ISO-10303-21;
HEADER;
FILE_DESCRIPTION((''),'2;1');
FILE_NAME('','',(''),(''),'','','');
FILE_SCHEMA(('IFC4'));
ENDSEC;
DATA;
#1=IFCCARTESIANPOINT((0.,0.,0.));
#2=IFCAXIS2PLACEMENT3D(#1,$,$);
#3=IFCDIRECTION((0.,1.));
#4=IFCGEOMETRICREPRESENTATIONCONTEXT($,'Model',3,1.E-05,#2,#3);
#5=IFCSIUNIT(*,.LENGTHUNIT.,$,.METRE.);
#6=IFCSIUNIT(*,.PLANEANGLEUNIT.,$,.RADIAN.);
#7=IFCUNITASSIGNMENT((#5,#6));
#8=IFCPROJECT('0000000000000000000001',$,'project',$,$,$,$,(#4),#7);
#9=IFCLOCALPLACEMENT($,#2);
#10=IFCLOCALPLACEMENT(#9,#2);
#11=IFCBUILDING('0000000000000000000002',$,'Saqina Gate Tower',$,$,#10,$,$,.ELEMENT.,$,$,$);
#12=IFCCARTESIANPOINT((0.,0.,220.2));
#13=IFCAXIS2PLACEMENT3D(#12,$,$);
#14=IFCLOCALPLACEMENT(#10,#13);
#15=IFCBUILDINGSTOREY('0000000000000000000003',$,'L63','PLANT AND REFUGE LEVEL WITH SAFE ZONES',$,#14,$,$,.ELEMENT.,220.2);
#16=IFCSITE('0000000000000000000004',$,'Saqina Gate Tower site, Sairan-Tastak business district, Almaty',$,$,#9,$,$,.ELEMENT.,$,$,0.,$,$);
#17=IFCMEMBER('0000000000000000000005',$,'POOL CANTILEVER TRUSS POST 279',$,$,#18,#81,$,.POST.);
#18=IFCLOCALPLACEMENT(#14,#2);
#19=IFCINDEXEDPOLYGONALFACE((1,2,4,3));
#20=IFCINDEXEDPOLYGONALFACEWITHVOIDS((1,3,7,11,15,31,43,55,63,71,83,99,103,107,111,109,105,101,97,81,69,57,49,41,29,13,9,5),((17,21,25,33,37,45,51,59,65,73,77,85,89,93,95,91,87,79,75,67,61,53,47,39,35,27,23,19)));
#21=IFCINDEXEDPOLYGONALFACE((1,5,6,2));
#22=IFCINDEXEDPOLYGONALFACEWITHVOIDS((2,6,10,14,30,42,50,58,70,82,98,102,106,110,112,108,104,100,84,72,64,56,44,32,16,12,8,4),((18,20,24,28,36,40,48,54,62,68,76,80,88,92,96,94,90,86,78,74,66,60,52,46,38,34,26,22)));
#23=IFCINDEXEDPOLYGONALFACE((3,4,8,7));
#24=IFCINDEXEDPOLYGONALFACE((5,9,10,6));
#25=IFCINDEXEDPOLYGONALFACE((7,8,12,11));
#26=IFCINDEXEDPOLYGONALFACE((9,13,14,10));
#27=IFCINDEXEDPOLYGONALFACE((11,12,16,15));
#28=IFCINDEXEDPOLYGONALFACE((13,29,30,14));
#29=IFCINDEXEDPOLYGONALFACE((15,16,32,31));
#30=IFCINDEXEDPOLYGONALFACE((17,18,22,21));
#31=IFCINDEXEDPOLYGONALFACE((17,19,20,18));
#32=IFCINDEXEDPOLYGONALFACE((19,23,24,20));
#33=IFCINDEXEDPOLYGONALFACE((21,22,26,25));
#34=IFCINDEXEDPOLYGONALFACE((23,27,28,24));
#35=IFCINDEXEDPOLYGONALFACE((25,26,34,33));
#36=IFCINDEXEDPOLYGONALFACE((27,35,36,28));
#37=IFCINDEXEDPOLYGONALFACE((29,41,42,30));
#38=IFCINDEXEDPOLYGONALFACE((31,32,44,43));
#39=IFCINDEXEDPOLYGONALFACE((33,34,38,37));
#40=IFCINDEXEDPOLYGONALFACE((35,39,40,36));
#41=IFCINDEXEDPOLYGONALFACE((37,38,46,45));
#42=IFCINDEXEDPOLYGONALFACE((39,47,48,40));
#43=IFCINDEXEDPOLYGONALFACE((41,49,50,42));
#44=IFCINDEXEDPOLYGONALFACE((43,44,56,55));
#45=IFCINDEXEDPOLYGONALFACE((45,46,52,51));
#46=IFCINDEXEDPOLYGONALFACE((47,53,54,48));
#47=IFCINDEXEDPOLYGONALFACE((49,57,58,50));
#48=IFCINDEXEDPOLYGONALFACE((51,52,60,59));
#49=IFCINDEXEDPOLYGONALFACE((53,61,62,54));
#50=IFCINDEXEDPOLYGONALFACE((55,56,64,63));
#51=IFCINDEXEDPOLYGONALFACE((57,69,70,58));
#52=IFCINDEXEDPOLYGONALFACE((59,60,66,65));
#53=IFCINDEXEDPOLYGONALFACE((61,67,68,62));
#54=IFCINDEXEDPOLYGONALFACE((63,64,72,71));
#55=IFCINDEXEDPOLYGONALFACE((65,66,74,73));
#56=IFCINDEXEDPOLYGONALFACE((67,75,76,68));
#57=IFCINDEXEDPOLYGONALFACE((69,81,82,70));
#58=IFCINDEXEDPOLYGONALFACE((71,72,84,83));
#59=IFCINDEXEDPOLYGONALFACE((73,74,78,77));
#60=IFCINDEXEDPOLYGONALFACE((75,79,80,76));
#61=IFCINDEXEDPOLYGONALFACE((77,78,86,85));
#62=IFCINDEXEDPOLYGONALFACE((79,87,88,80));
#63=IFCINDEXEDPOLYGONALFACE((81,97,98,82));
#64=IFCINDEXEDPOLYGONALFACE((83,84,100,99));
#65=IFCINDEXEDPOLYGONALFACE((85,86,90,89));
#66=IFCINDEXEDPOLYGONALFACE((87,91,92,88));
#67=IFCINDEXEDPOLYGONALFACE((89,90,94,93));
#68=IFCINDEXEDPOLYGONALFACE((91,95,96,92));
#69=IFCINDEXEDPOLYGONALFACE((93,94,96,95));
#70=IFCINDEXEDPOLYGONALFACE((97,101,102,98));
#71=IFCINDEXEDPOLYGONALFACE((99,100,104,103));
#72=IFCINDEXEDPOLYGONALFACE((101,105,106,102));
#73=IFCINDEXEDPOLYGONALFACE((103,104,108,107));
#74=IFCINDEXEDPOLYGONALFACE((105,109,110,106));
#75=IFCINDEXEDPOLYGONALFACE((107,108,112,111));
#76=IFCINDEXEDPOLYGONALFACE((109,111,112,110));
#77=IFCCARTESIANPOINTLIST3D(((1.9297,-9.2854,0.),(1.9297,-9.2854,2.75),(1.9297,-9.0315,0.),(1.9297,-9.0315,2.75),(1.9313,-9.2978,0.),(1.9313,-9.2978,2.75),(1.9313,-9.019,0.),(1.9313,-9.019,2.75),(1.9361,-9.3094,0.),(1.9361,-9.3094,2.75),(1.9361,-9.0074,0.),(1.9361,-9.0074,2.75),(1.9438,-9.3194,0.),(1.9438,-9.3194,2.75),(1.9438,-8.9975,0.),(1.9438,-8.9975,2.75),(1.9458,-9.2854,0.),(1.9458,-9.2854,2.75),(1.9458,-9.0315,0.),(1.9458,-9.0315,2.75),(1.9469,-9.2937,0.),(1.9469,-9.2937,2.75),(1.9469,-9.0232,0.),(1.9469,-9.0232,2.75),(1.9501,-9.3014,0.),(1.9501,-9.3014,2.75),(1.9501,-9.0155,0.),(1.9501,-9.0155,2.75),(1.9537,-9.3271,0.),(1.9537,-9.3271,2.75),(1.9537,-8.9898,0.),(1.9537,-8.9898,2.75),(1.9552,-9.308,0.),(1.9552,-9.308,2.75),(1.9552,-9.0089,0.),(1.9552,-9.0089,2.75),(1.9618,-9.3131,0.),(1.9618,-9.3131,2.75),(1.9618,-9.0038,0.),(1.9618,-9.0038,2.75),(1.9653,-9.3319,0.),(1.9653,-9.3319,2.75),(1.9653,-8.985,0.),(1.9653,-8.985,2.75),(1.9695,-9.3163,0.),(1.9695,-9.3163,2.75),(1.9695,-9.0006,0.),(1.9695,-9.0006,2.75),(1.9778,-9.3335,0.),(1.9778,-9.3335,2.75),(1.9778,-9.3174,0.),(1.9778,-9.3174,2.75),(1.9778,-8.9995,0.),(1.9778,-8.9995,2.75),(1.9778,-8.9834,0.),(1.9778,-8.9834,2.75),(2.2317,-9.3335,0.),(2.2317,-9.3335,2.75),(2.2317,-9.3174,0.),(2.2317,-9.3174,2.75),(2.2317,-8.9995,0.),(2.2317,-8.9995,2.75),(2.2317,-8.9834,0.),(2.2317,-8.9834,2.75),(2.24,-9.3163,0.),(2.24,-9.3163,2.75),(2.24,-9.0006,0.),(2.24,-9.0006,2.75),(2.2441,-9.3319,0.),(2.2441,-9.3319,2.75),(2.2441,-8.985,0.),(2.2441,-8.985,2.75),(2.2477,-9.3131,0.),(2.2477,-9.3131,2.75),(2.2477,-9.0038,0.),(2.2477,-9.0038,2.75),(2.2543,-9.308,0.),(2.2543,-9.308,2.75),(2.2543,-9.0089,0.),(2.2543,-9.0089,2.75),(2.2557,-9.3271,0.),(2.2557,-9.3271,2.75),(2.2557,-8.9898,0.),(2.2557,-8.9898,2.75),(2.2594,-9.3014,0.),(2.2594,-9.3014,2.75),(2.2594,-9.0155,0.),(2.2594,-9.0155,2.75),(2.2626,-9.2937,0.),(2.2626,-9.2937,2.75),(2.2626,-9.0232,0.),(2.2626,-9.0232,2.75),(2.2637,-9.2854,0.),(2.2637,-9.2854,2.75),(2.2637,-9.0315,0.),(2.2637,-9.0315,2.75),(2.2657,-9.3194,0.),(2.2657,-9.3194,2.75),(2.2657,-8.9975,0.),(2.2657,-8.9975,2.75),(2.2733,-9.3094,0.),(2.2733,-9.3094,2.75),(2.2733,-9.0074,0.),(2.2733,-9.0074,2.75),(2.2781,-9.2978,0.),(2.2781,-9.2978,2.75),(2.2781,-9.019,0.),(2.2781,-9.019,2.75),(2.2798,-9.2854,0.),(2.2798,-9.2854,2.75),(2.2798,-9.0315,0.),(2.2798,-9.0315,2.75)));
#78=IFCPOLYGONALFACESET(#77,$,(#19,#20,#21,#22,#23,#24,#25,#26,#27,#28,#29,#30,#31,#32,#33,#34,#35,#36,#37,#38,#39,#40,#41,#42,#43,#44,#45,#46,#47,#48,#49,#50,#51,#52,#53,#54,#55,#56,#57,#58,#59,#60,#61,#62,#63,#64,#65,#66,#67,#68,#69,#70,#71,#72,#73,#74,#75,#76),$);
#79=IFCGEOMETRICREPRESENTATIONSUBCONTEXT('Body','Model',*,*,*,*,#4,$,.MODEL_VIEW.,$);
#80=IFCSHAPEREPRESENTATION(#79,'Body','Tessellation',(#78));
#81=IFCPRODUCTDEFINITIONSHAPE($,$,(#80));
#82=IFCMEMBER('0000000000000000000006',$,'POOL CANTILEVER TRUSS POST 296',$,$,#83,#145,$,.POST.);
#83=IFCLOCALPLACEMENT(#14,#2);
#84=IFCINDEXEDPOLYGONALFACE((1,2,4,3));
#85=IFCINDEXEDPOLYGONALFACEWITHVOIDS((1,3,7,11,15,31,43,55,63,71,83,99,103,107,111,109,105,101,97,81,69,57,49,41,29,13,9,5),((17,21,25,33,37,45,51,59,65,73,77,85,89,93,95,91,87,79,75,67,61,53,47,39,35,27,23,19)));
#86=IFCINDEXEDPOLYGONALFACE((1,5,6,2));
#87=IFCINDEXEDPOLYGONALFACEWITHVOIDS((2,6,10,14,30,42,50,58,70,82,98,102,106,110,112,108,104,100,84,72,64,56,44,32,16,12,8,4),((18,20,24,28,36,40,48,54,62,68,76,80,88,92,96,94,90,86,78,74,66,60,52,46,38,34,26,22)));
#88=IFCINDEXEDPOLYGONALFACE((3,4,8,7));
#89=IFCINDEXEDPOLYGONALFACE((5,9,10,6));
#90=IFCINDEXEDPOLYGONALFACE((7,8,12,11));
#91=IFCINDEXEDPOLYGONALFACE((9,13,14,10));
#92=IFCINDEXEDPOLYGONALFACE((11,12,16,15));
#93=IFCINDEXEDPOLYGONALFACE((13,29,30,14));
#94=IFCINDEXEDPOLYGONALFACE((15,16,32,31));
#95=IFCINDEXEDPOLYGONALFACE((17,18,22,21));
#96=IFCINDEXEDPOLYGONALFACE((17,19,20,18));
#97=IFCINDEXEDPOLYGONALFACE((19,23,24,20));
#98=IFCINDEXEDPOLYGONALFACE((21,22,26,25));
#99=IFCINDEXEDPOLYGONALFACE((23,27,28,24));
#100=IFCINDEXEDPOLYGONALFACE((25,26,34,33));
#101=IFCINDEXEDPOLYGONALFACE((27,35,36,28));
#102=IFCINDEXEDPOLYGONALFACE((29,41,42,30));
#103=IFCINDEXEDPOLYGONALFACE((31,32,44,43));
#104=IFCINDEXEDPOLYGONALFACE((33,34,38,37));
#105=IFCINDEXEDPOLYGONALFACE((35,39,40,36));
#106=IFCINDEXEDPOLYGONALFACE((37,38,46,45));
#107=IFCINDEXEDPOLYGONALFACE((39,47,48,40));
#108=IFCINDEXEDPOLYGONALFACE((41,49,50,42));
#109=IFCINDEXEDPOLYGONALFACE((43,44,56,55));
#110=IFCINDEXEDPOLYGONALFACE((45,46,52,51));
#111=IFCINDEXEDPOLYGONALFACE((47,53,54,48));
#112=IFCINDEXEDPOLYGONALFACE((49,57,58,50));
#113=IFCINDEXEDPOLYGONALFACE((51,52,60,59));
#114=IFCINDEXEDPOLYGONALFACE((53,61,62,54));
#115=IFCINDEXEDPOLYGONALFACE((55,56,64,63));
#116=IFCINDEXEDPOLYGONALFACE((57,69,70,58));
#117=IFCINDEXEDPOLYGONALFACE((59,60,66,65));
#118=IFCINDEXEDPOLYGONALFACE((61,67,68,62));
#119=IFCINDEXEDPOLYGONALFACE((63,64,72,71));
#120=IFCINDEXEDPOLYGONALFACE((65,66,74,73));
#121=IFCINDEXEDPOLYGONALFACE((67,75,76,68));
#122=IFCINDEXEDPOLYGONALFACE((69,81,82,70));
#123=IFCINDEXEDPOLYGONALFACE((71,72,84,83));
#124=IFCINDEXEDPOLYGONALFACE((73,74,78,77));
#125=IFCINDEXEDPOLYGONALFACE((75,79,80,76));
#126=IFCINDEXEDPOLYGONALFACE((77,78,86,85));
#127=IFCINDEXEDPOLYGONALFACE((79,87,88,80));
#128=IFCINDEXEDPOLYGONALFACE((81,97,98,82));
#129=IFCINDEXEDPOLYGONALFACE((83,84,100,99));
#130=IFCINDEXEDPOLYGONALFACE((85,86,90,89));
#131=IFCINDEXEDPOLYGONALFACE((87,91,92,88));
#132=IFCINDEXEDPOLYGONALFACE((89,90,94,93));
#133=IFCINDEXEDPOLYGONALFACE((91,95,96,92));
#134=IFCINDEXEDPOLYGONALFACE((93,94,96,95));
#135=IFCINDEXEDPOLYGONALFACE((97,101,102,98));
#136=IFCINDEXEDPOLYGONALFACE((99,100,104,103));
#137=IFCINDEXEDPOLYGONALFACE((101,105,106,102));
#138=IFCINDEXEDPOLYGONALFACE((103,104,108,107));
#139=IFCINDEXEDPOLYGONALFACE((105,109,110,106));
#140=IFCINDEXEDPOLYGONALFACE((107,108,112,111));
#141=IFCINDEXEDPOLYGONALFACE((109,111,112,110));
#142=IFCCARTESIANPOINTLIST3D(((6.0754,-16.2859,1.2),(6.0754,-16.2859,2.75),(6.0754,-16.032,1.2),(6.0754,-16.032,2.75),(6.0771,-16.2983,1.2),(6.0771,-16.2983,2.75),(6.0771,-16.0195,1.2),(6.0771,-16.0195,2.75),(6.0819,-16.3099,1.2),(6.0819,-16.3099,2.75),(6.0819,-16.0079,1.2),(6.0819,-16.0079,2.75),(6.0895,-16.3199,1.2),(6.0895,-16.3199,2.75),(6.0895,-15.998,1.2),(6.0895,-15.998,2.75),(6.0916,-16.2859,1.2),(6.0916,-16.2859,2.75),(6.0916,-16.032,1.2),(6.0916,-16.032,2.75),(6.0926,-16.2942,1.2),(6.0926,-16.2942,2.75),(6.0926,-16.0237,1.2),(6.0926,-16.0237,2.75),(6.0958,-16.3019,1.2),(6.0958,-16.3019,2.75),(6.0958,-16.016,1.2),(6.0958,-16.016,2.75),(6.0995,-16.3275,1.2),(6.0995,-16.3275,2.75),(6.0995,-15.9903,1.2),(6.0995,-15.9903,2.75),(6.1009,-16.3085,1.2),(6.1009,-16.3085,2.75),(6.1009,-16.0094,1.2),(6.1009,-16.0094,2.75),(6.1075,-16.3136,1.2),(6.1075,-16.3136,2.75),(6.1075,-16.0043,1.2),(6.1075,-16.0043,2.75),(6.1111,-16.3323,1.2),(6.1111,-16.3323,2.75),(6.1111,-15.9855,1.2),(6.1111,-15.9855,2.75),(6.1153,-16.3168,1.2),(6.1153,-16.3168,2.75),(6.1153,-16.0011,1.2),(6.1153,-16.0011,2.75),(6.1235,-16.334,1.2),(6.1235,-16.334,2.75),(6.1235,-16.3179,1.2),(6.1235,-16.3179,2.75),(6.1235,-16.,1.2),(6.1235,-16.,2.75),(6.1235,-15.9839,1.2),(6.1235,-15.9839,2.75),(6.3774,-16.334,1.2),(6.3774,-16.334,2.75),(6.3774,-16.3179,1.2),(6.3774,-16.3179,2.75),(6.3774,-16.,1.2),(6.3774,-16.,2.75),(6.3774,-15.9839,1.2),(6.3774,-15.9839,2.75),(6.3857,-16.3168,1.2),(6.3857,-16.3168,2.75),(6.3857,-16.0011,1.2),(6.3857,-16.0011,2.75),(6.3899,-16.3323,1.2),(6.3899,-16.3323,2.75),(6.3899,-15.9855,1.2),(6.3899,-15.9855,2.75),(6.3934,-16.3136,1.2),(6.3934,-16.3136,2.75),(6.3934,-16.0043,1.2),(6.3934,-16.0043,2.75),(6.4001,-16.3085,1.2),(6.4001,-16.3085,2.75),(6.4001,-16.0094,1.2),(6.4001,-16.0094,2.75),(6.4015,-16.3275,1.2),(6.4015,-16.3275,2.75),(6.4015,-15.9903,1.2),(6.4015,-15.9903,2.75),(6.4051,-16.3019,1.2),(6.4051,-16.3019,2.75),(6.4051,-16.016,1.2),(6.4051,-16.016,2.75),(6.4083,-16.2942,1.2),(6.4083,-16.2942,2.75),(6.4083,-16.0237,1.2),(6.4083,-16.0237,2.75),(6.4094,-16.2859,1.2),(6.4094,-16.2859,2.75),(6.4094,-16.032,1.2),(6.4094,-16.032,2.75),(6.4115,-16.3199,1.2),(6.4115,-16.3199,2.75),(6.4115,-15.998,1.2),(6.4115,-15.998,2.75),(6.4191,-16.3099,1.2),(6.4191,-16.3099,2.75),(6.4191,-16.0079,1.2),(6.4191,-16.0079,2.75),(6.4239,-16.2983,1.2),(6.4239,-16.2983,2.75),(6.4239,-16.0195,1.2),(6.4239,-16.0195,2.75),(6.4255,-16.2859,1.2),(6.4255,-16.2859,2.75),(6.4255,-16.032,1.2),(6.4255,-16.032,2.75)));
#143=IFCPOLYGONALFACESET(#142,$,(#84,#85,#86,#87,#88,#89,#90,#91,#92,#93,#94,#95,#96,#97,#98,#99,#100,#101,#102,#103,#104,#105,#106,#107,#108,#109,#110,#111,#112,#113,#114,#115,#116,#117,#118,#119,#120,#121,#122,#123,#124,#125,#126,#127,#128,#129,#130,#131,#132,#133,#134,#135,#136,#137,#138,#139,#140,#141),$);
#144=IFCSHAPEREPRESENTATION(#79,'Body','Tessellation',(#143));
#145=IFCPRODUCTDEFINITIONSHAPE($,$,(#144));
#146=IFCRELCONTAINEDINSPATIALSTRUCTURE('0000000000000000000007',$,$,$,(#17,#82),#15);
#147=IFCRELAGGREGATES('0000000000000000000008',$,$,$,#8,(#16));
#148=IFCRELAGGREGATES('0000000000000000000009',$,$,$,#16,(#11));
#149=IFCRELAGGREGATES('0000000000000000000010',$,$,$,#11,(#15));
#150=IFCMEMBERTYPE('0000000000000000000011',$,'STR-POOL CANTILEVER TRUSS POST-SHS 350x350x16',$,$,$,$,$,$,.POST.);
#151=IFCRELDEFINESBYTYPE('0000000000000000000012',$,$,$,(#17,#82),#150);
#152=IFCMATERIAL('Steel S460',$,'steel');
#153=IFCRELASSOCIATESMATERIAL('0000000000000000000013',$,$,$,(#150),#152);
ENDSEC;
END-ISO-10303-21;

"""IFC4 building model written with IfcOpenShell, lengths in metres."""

from ifc_helpers import new_model, si_unit, direction, frame, origin, origin_2d, place, context, subcontext, project, spatial, hollow_rectangle, extrude, material, material_profile, profile_set, type_object, element, save


model = new_model("IFC4")

# Units and contexts
model_context = context("Model", 3, precision=1e-05, world=origin(), true_north=direction((0.0, 1.0)))
body_context = subcontext(model_context, "Body", "Model", "MODEL_VIEW")
ifc_project = project(units=[si_unit("LENGTHUNIT", "METRE"), si_unit("PLANEANGLEUNIT", "RADIAN")], contexts=[model_context])

# Site, building, storey
site_placement = place(None, origin())
site = spatial("IfcSite", under=ifc_project, at=site_placement, Name="Saqina Gate Tower site, Sairan-Tastak business district, Almaty", CompositionType="ELEMENT", RefElevation=0.0)
building_placement = place(site_placement, origin())
building = spatial("IfcBuilding", under=site, at=building_placement, Name="Saqina Gate Tower", CompositionType="ELEMENT")
storey_placement = place(building_placement, frame((0.0, 0.0, 220.2)))
storey = spatial("IfcBuildingStorey", under=building, at=storey_placement, Name="L63", Description="PLANT AND REFUGE LEVEL WITH SAFE ZONES", CompositionType="ELEMENT", Elevation=220.2)

# Members
ifc_material_1 = material(Name="Steel S460", Category="steel")
ifc_material_profile_1 = material_profile(ifc_material_1, hollow_rectangle(XDim=0.3501, YDim=0.3501, WallThickness=0.0161, InnerFilletRadius=0.032, OuterFilletRadius=0.0481, at=origin_2d()), Name="SHS 350x350x16")
ifc_profile_set_1 = profile_set([ifc_material_profile_1], Name="Steel S460")
member_type_1 = type_object("IfcMemberType", Name="STR-POOL CANTILEVER TRUSS POST-SHS 350x350x16", PredefinedType="POST", material=ifc_profile_set_1)
for number, where, z_axis, x_axis, name in (
    (1, (2.1047, -9.1584, 0.0), (0.0, 0.0, 1.0), (1.0, 0.0, 0.0), "POOL CANTILEVER TRUSS POST 279"),
):
    element("IfcMember", number, at=place(storey_placement, frame(where, z_axis=z_axis, x_axis=x_axis)), inside=storey, type_object=member_type_1, Name=name, PredefinedType="POST", context=body_context, shape_type="SweptSolid", body=[
        extrude(hollow_rectangle(XDim=0.3501, YDim=0.3501, WallThickness=0.0161, InnerFilletRadius=0.032, OuterFilletRadius=0.0481, at=origin_2d()), origin(), (0.0, 0.0, 1.0), 2.75),
    ])
member_1_placement = place(storey_placement, frame((6.2505, -16.1589, 1.2), z_axis=(0.0, 0.0, 1.0), x_axis=(1.0, 0.0, 0.0)))
element("IfcMember", 2, at=member_1_placement, inside=storey, type_object=member_type_1, Name="POOL CANTILEVER TRUSS POST 296", PredefinedType="POST", context=body_context, shape_type="SweptSolid", body=[
    extrude(hollow_rectangle(XDim=0.3501, YDim=0.3501, WallThickness=0.0161, InnerFilletRadius=0.032, OuterFilletRadius=0.0481, at=origin_2d()), origin(), (0.0, 0.0, 1.0), 1.55),
])

save(model, "model.ifc")
